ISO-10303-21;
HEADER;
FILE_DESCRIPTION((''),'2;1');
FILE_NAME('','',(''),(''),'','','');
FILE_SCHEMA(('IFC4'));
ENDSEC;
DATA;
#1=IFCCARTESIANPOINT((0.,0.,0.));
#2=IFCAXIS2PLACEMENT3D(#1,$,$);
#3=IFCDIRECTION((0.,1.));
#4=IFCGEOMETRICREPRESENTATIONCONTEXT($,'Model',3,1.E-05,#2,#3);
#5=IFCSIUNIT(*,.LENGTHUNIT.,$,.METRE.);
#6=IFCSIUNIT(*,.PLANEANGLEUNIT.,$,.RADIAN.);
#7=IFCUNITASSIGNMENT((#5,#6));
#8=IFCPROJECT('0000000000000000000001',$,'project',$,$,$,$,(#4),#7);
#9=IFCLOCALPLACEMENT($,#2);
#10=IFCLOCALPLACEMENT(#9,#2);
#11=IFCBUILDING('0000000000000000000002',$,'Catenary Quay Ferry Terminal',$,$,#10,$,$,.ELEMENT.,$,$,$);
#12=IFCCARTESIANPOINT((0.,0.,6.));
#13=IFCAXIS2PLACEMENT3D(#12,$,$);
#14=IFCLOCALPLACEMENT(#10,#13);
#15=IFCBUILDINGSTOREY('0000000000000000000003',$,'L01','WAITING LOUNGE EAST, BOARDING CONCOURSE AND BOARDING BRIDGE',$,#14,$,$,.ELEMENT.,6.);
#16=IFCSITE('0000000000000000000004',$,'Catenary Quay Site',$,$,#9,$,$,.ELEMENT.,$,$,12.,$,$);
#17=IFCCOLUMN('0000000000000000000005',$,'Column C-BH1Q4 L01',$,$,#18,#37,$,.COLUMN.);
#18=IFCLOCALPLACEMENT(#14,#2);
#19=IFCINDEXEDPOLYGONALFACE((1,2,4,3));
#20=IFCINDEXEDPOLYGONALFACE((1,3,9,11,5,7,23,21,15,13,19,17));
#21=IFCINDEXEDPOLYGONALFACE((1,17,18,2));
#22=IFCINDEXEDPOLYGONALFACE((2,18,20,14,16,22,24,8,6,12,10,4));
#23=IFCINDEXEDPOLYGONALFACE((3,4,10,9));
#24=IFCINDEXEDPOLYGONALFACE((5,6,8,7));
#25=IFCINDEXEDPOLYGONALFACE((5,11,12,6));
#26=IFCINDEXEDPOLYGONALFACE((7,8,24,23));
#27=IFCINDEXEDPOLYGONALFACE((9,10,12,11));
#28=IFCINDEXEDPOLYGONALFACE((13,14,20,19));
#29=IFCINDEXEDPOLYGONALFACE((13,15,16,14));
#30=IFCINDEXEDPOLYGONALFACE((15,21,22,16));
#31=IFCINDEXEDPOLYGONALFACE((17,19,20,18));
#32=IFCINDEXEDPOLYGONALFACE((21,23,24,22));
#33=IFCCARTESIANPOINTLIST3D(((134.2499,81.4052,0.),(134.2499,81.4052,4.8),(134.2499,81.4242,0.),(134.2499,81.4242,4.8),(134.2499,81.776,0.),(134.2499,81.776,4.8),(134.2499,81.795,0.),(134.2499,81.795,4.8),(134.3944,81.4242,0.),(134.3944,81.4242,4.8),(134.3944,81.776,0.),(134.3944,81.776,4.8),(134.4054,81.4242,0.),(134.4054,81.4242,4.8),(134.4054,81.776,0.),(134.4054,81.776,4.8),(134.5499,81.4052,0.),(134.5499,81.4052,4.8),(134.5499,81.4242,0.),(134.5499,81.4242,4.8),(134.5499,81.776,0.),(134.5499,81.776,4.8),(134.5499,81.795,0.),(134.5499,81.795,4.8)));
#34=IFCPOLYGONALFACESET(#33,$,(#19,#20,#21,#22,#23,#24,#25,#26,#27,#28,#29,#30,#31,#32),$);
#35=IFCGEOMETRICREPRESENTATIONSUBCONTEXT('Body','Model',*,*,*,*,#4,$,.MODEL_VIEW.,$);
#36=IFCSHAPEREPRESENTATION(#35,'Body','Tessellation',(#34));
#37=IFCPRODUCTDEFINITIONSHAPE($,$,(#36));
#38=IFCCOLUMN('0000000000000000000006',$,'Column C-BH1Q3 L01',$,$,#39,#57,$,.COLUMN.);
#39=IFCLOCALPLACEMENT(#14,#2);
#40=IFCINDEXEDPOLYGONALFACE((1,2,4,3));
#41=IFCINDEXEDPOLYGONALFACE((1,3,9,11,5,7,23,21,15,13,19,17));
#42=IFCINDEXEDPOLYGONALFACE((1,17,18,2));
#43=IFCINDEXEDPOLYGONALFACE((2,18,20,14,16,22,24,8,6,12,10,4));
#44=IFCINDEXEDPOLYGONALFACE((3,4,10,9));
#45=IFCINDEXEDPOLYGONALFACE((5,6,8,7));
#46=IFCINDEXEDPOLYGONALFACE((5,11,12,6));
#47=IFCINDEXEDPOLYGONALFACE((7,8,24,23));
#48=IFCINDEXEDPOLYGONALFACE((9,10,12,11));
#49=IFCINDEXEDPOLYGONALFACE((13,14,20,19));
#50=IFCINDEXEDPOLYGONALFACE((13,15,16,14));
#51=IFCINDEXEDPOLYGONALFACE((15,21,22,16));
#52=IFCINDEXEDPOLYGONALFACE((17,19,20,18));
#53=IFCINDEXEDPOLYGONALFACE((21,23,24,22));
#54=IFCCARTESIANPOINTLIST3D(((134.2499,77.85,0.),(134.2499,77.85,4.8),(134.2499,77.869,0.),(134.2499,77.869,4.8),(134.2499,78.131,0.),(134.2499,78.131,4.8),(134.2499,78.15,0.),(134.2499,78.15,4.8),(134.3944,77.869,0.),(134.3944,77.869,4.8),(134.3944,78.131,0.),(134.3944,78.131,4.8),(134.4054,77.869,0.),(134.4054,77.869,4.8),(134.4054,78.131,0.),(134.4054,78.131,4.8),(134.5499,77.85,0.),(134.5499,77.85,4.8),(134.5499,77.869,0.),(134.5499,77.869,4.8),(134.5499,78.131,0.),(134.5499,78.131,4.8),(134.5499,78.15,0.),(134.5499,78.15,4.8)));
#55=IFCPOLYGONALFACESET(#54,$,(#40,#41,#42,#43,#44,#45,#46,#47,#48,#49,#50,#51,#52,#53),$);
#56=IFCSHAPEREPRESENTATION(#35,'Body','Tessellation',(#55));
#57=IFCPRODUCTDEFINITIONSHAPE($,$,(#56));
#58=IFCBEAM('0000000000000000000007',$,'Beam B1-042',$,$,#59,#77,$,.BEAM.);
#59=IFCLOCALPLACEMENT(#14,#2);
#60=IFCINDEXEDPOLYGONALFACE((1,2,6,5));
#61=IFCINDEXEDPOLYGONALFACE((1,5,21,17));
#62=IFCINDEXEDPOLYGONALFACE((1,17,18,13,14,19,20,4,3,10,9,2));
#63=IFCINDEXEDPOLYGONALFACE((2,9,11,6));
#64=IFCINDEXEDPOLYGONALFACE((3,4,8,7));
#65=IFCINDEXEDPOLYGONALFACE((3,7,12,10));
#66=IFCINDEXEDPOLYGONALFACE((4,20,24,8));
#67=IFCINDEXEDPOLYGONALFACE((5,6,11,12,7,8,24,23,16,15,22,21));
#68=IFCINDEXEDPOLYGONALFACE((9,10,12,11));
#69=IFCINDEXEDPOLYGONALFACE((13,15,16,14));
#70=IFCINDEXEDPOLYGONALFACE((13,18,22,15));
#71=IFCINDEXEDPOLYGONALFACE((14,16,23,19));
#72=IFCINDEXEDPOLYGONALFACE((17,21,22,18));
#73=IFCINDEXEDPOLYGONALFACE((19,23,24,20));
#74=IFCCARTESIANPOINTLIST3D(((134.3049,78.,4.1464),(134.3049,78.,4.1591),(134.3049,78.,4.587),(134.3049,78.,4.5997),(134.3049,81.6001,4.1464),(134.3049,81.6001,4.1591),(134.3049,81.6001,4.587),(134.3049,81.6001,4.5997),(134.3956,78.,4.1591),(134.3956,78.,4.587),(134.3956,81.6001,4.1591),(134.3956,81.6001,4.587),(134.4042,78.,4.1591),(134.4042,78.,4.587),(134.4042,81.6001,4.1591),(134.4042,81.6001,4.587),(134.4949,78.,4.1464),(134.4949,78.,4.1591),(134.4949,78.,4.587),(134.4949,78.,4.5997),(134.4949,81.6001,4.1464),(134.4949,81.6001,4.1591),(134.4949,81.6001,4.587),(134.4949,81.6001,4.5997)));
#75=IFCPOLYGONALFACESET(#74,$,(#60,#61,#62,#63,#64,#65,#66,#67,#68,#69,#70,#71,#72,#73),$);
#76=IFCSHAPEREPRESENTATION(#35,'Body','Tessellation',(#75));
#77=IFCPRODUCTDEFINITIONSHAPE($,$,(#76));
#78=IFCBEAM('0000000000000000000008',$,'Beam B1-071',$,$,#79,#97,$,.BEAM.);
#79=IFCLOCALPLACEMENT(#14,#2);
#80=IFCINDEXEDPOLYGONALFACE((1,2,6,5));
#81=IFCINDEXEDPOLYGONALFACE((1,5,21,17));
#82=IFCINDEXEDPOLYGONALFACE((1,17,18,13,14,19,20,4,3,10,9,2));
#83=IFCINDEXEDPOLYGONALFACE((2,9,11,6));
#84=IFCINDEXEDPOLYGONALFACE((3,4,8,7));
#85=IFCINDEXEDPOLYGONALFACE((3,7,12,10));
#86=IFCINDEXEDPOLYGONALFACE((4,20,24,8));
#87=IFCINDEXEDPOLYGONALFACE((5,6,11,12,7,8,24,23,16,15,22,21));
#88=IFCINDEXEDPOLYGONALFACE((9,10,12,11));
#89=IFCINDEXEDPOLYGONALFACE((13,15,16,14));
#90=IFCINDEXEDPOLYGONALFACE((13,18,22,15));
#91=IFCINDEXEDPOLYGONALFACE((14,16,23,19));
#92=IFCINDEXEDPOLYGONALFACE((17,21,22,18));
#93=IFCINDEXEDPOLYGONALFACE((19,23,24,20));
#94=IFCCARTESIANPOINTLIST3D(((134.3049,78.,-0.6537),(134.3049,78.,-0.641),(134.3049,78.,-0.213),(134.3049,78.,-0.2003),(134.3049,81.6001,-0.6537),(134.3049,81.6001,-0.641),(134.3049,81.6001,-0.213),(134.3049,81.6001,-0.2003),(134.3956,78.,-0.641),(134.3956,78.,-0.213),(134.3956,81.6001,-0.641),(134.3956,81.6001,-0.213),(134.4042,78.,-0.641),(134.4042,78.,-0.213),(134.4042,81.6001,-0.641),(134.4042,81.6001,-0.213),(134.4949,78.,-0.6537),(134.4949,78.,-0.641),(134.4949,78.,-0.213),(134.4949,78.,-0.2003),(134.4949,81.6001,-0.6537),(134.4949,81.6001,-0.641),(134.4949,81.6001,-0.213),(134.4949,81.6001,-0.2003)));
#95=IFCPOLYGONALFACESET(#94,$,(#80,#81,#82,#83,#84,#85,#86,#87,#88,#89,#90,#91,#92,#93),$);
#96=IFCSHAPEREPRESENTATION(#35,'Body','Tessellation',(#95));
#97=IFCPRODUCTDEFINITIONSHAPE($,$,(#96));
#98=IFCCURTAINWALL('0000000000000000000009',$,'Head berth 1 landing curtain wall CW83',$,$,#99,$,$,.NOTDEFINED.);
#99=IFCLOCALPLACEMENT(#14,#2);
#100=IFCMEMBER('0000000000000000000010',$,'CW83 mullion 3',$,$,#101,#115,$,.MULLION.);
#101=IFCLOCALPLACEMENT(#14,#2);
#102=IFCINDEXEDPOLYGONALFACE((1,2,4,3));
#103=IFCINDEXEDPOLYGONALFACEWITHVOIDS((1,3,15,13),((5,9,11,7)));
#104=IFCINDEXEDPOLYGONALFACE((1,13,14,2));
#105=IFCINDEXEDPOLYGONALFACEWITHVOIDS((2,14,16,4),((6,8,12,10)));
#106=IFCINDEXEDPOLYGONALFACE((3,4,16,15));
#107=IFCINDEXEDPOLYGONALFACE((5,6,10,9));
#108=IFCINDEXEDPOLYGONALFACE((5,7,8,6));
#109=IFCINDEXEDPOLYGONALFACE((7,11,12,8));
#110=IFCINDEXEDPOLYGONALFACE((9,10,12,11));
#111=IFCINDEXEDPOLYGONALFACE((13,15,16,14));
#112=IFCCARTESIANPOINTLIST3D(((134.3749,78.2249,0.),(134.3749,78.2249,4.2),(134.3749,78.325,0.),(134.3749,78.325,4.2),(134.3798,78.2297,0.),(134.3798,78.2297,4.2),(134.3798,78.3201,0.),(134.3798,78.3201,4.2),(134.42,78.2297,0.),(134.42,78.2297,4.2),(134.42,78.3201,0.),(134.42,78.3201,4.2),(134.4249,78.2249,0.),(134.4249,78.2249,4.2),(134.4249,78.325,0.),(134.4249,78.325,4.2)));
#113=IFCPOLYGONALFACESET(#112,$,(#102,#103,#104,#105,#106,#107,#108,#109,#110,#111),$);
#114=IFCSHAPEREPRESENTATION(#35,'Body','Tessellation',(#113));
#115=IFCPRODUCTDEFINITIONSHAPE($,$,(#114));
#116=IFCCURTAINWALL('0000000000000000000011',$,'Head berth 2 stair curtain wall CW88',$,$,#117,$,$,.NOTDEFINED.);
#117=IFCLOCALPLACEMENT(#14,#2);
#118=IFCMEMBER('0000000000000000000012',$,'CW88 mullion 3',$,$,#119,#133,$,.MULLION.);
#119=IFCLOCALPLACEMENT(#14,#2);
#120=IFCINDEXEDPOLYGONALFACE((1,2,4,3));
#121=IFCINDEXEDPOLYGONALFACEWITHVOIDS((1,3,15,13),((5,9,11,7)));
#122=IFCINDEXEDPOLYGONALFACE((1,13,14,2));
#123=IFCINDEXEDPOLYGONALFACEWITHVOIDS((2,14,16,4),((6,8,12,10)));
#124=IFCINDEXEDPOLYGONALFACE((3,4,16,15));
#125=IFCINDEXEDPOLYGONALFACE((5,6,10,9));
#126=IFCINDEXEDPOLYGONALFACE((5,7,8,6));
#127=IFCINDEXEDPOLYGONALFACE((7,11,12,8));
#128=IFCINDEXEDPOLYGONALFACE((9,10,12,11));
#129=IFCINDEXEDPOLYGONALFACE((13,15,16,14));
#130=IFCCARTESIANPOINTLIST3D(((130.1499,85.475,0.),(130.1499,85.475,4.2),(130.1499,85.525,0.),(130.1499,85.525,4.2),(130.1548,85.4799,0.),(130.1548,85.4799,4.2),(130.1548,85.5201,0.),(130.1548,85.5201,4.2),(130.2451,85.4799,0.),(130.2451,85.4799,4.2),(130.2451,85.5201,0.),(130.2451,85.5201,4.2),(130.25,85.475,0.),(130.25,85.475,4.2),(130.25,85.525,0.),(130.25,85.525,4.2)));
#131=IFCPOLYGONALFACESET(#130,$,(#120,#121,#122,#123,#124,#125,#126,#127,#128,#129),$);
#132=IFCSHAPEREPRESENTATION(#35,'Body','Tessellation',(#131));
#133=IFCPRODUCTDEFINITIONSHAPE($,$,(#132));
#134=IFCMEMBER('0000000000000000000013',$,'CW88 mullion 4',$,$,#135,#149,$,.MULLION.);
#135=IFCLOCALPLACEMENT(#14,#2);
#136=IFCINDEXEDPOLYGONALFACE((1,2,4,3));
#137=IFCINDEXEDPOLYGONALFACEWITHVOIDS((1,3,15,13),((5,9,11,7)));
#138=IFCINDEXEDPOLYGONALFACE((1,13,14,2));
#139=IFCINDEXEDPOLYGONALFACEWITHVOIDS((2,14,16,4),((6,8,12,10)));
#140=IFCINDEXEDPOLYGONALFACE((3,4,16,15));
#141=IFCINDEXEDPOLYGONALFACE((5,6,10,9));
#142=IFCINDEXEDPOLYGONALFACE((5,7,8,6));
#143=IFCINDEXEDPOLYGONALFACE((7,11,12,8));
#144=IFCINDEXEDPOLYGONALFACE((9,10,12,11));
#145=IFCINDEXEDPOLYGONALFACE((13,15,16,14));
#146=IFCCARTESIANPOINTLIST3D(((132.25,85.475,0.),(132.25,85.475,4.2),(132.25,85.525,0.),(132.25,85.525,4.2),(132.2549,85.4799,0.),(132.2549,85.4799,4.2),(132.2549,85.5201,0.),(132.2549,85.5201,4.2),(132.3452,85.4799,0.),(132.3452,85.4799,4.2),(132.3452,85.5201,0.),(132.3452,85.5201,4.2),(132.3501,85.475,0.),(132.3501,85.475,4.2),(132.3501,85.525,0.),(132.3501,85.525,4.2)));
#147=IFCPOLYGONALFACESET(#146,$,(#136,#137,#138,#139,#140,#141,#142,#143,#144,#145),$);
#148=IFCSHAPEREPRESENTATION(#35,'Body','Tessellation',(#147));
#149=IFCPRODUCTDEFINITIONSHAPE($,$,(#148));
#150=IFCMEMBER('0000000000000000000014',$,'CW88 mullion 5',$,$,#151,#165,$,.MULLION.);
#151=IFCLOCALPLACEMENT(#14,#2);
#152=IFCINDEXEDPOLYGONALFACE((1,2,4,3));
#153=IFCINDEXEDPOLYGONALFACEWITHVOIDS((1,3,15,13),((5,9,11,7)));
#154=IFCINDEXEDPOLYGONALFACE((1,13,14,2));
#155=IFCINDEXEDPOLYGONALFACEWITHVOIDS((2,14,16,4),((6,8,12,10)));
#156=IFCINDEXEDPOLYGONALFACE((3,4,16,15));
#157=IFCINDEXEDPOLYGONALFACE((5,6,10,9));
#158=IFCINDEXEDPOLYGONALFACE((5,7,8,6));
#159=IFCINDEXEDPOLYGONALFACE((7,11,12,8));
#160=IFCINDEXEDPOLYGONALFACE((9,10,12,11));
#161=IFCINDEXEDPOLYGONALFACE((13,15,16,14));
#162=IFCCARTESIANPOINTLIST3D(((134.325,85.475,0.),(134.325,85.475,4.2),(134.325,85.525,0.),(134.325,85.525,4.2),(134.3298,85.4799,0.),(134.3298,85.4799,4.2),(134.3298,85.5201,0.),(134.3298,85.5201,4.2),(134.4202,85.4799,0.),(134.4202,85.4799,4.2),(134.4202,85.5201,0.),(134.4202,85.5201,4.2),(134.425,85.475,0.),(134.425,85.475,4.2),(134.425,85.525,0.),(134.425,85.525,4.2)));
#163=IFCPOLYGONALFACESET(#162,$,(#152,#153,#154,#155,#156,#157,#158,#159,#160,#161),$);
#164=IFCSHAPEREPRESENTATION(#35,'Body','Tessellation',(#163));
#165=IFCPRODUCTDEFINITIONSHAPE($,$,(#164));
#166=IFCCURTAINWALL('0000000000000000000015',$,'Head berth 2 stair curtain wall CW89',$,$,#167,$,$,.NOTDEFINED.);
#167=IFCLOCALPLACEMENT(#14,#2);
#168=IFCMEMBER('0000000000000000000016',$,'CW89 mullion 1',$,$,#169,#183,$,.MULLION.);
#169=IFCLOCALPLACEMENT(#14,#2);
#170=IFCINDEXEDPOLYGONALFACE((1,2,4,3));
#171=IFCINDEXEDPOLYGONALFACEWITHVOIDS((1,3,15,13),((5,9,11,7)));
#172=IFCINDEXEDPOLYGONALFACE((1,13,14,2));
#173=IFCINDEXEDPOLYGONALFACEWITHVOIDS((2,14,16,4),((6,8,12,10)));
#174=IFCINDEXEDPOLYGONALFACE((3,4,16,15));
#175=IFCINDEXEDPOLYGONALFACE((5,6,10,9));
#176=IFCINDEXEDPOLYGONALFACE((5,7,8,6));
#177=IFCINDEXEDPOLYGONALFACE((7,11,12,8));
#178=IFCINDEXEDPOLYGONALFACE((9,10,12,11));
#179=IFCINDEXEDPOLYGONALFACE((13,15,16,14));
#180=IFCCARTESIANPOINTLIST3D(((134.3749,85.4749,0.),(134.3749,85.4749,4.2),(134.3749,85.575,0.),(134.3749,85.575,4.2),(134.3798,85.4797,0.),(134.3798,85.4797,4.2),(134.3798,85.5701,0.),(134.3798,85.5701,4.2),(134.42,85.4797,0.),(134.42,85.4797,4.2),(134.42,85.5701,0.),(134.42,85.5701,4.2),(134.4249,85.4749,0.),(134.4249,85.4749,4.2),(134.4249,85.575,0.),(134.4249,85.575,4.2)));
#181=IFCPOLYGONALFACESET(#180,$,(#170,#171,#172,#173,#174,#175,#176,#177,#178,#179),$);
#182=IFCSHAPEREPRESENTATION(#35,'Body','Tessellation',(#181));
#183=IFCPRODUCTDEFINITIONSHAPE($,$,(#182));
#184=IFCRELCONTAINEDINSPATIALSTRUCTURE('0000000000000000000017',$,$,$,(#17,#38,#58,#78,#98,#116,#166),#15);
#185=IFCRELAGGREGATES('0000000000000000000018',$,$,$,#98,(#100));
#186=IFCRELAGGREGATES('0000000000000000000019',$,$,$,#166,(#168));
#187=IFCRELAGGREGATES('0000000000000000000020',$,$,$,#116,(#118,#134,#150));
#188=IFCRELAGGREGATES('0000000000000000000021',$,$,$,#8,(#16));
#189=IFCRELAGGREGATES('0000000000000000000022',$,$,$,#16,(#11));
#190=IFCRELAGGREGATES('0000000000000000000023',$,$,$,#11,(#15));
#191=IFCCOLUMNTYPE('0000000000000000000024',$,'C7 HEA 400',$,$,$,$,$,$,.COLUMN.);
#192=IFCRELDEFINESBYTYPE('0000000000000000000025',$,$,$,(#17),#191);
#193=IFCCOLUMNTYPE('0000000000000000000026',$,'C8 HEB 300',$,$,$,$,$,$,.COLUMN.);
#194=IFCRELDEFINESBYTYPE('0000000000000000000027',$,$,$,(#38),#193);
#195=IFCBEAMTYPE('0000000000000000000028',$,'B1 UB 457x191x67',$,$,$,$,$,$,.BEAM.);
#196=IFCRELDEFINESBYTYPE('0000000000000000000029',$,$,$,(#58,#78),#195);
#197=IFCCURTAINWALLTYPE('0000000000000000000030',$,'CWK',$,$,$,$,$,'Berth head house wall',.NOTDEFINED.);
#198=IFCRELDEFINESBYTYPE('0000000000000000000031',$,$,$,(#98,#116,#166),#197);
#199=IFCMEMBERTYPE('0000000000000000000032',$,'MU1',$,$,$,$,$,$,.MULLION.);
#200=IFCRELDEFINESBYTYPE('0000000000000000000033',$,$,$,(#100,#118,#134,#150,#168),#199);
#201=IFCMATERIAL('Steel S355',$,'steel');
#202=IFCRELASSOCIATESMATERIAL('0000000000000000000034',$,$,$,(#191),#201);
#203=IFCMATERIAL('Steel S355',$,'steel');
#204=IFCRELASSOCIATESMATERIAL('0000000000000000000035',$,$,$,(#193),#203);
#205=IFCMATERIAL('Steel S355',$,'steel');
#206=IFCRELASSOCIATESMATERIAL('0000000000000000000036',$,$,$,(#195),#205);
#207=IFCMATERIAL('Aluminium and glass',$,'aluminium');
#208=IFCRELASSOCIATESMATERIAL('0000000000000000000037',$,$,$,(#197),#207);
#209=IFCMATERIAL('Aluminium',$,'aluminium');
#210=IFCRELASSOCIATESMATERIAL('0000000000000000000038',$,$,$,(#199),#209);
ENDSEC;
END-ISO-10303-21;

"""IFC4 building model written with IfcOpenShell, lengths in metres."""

from ifc_helpers import new_model, si_unit, direction, frame, origin, origin_2d, place, context, subcontext, project, spatial, hollow_rectangle, i_section, extrude, material, material_profile, profile_set, type_object, element, aggregate, save


model = new_model("IFC4")

# Units and contexts
model_context = context("Model", 3, precision=1e-05, world=origin(), true_north=direction((0.0, 1.0)))
body_context = subcontext(model_context, "Body", "Model", "MODEL_VIEW")
ifc_project = project(units=[si_unit("LENGTHUNIT", "METRE"), si_unit("PLANEANGLEUNIT", "RADIAN")], contexts=[model_context])

# Site, building, storey
site_placement = place(None, origin())
site = spatial("IfcSite", under=ifc_project, at=site_placement, Name="Catenary Quay Site", CompositionType="ELEMENT", RefElevation=12.0)
building_placement = place(site_placement, origin())
building = spatial("IfcBuilding", under=site, at=building_placement, Name="Catenary Quay Ferry Terminal", CompositionType="ELEMENT")
storey_placement = place(building_placement, frame((0.0, 0.0, 6.0)))
storey = spatial("IfcBuildingStorey", under=building, at=storey_placement, Name="L01", Description="WAITING LOUNGE EAST, BOARDING CONCOURSE AND BOARDING BRIDGE", CompositionType="ELEMENT", Elevation=6.0)

# Columns
ifc_material_1 = material(Name="Steel S355", Category="steel")
ifc_material_profile_1 = material_profile(ifc_material_1, i_section(OverallWidth=0.3, OverallDepth=0.3899, WebThickness=0.011, FlangeThickness=0.019, at=origin_2d()), Name="HEA 400")
ifc_profile_set_1 = profile_set([ifc_material_profile_1], Name="Steel S355")
column_type_1 = type_object("IfcColumnType", Name="C7 HEA 400", PredefinedType="COLUMN", material=ifc_profile_set_1)
column_1_placement = place(storey_placement, frame((134.3999, 81.6001, 0.0), z_axis=(0.0, 0.0, 1.0), x_axis=(1.0, 0.0, 0.0)))
element("IfcColumn", 1, at=column_1_placement, inside=storey, type_object=column_type_1, Name="Column C-BH1Q4 L01", PredefinedType="COLUMN", context=body_context, shape_type="SweptSolid", body=[
    extrude(i_section(OverallWidth=0.3, OverallDepth=0.3899, WebThickness=0.011, FlangeThickness=0.019, at=origin_2d()), origin(), (0.0, 0.0, 1.0), 4.8),
])
ifc_material_2 = material(Name="Steel S355", Category="steel")
ifc_material_profile_2 = material_profile(ifc_material_2, i_section(OverallWidth=0.3, OverallDepth=0.3, WebThickness=0.011, FlangeThickness=0.019, at=origin_2d()), Name="HEB 300")
ifc_profile_set_2 = profile_set([ifc_material_profile_2], Name="Steel S355")
column_type_2 = type_object("IfcColumnType", Name="C8 HEB 300", PredefinedType="COLUMN", material=ifc_profile_set_2)
column_2_placement = place(storey_placement, frame((134.3999, 78.0, 0.0), z_axis=(0.0, 0.0, 1.0), x_axis=(1.0, 0.0, 0.0)))
element("IfcColumn", 2, at=column_2_placement, inside=storey, type_object=column_type_2, Name="Column C-BH1Q3 L01", PredefinedType="COLUMN", context=body_context, shape_type="SweptSolid", body=[
    extrude(i_section(OverallWidth=0.3, OverallDepth=0.3, WebThickness=0.011, FlangeThickness=0.019, at=origin_2d()), origin(), (0.0, 0.0, 1.0), 4.8),
])

# Beams
ifc_material_3 = material(Name="Steel S355", Category="steel")
ifc_material_profile_3 = material_profile(ifc_material_3, i_section(OverallWidth=0.1899, OverallDepth=0.4534, WebThickness=0.0085, FlangeThickness=0.0127, at=origin_2d()), Name="UB 457x191x67")
ifc_profile_set_3 = profile_set([ifc_material_profile_3], Name="Steel S355")
beam_type = type_object("IfcBeamType", Name="B1 UB 457x191x67", PredefinedType="BEAM", material=ifc_profile_set_3)
for number, where, z_axis, x_axis, name in (
    (3, (134.3999, 78.0, 4.373), (0.0, 1.0, 0.0), (-1.0, 0.0, 0.0), "Beam B1-042"),
    (4, (134.3999, 78.0, -0.427), (0.0, 1.0, 0.0), (-1.0, 0.0, 0.0), "Beam B1-071"),
):
    element("IfcBeam", number, at=place(storey_placement, frame(where, z_axis=z_axis, x_axis=x_axis)), inside=storey, type_object=beam_type, Name=name, PredefinedType="BEAM", context=body_context, shape_type="SweptSolid", body=[
        extrude(i_section(OverallWidth=0.1899, OverallDepth=0.4534, WebThickness=0.0085, FlangeThickness=0.0127, at=origin_2d()), origin(), (0.0, 0.0, 1.0), 3.6001),
    ])

# Curtain wall, member
ifc_material_4 = material(Name="Aluminium and glass", Category="aluminium")
curtain_wall_type = type_object("IfcCurtainWallType", Name="CWK", ElementType="Berth head house wall", PredefinedType="NOTDEFINED", material=ifc_material_4)
curtain_wall_1_placement = place(storey_placement, origin())
curtain_wall_1 = element("IfcCurtainWall", 5, at=curtain_wall_1_placement, inside=storey, type_object=curtain_wall_type, Name="Head berth 1 landing curtain wall CW83", PredefinedType="NOTDEFINED")
ifc_material_5 = material(Name="Aluminium", Category="aluminium")
ifc_material_profile_4 = material_profile(ifc_material_5, hollow_rectangle(XDim=0.05, YDim=0.1001, WallThickness=0.0049, at=origin_2d()), Name="MU1")
ifc_profile_set_4 = profile_set([ifc_material_profile_4], Name="Aluminium")
member_type_1 = type_object("IfcMemberType", Name="MU1", PredefinedType="MULLION", material=ifc_profile_set_4)
member_1_placement = place(storey_placement, frame((134.3999, 78.2749, 0.0), z_axis=(0.0, 0.0, 1.0), x_axis=(-1.0, 0.0, 0.0)))
member_1 = element("IfcMember", 6, at=member_1_placement, type_object=member_type_1, Name="CW83 mullion 3", PredefinedType="MULLION", context=body_context, shape_type="SweptSolid", body=[
    extrude(hollow_rectangle(XDim=0.05, YDim=0.1001, WallThickness=0.0049, at=origin_2d()), origin(), (0.0, 0.0, 1.0), 4.2),
])
aggregate(curtain_wall_1, [member_1])

# Curtain wall, members
curtain_wall_2_placement = place(storey_placement, origin())
curtain_wall_2 = element("IfcCurtainWall", 7, at=curtain_wall_2_placement, inside=storey, type_object=curtain_wall_type, Name="Head berth 2 stair curtain wall CW88", PredefinedType="NOTDEFINED")
member_2_placement = place(storey_placement, frame((130.2, 85.5, 0.0), z_axis=(0.0, 0.0, 1.0), x_axis=(0.0, 1.0, 0.0)))
member_2 = element("IfcMember", 8, at=member_2_placement, type_object=member_type_1, Name="CW88 mullion 3", PredefinedType="MULLION", context=body_context, shape_type="SweptSolid", body=[
    extrude(hollow_rectangle(XDim=0.05, YDim=0.1001, WallThickness=0.0049, at=origin_2d()), origin(), (0.0, 0.0, 1.0), 4.2),
])
member_3_placement = place(storey_placement, frame((132.3, 85.5, 0.0), z_axis=(0.0, 0.0, 1.0), x_axis=(0.0, 1.0, 0.0)))
member_3 = element("IfcMember", 9, at=member_3_placement, type_object=member_type_1, Name="CW88 mullion 4", PredefinedType="MULLION", context=body_context, shape_type="SweptSolid", body=[
    extrude(hollow_rectangle(XDim=0.05, YDim=0.1001, WallThickness=0.0049, at=origin_2d()), origin(), (0.0, 0.0, 1.0), 4.2),
])
member_4_placement = place(storey_placement, frame((134.375, 85.5, 0.0), z_axis=(0.0, 0.0, 1.0), x_axis=(0.0, 1.0, 0.0)))
member_4 = element("IfcMember", 10, at=member_4_placement, type_object=member_type_1, Name="CW88 mullion 5", PredefinedType="MULLION", context=body_context, shape_type="SweptSolid", body=[
    extrude(hollow_rectangle(XDim=0.05, YDim=0.1001, WallThickness=0.0049, at=origin_2d()), origin(), (0.0, 0.0, 1.0), 4.2),
])

# Curtain wall, member
curtain_wall_3_placement = place(storey_placement, origin())
curtain_wall_3 = element("IfcCurtainWall", 11, at=curtain_wall_3_placement, inside=storey, type_object=curtain_wall_type, Name="Head berth 2 stair curtain wall CW89", PredefinedType="NOTDEFINED")
member_5_placement = place(storey_placement, frame((134.3999, 85.5249, 0.0), z_axis=(0.0, 0.0, 1.0), x_axis=(-1.0, 0.0, 0.0)))
member_5 = element("IfcMember", 12, at=member_5_placement, type_object=member_type_1, Name="CW89 mullion 1", PredefinedType="MULLION", context=body_context, shape_type="SweptSolid", body=[
    extrude(hollow_rectangle(XDim=0.05, YDim=0.1001, WallThickness=0.0049, at=origin_2d()), origin(), (0.0, 0.0, 1.0), 4.2),
])

aggregate(curtain_wall_3, [member_5])

aggregate(curtain_wall_2, [member_2, member_3, member_4])

save(model, "model.ifc")
